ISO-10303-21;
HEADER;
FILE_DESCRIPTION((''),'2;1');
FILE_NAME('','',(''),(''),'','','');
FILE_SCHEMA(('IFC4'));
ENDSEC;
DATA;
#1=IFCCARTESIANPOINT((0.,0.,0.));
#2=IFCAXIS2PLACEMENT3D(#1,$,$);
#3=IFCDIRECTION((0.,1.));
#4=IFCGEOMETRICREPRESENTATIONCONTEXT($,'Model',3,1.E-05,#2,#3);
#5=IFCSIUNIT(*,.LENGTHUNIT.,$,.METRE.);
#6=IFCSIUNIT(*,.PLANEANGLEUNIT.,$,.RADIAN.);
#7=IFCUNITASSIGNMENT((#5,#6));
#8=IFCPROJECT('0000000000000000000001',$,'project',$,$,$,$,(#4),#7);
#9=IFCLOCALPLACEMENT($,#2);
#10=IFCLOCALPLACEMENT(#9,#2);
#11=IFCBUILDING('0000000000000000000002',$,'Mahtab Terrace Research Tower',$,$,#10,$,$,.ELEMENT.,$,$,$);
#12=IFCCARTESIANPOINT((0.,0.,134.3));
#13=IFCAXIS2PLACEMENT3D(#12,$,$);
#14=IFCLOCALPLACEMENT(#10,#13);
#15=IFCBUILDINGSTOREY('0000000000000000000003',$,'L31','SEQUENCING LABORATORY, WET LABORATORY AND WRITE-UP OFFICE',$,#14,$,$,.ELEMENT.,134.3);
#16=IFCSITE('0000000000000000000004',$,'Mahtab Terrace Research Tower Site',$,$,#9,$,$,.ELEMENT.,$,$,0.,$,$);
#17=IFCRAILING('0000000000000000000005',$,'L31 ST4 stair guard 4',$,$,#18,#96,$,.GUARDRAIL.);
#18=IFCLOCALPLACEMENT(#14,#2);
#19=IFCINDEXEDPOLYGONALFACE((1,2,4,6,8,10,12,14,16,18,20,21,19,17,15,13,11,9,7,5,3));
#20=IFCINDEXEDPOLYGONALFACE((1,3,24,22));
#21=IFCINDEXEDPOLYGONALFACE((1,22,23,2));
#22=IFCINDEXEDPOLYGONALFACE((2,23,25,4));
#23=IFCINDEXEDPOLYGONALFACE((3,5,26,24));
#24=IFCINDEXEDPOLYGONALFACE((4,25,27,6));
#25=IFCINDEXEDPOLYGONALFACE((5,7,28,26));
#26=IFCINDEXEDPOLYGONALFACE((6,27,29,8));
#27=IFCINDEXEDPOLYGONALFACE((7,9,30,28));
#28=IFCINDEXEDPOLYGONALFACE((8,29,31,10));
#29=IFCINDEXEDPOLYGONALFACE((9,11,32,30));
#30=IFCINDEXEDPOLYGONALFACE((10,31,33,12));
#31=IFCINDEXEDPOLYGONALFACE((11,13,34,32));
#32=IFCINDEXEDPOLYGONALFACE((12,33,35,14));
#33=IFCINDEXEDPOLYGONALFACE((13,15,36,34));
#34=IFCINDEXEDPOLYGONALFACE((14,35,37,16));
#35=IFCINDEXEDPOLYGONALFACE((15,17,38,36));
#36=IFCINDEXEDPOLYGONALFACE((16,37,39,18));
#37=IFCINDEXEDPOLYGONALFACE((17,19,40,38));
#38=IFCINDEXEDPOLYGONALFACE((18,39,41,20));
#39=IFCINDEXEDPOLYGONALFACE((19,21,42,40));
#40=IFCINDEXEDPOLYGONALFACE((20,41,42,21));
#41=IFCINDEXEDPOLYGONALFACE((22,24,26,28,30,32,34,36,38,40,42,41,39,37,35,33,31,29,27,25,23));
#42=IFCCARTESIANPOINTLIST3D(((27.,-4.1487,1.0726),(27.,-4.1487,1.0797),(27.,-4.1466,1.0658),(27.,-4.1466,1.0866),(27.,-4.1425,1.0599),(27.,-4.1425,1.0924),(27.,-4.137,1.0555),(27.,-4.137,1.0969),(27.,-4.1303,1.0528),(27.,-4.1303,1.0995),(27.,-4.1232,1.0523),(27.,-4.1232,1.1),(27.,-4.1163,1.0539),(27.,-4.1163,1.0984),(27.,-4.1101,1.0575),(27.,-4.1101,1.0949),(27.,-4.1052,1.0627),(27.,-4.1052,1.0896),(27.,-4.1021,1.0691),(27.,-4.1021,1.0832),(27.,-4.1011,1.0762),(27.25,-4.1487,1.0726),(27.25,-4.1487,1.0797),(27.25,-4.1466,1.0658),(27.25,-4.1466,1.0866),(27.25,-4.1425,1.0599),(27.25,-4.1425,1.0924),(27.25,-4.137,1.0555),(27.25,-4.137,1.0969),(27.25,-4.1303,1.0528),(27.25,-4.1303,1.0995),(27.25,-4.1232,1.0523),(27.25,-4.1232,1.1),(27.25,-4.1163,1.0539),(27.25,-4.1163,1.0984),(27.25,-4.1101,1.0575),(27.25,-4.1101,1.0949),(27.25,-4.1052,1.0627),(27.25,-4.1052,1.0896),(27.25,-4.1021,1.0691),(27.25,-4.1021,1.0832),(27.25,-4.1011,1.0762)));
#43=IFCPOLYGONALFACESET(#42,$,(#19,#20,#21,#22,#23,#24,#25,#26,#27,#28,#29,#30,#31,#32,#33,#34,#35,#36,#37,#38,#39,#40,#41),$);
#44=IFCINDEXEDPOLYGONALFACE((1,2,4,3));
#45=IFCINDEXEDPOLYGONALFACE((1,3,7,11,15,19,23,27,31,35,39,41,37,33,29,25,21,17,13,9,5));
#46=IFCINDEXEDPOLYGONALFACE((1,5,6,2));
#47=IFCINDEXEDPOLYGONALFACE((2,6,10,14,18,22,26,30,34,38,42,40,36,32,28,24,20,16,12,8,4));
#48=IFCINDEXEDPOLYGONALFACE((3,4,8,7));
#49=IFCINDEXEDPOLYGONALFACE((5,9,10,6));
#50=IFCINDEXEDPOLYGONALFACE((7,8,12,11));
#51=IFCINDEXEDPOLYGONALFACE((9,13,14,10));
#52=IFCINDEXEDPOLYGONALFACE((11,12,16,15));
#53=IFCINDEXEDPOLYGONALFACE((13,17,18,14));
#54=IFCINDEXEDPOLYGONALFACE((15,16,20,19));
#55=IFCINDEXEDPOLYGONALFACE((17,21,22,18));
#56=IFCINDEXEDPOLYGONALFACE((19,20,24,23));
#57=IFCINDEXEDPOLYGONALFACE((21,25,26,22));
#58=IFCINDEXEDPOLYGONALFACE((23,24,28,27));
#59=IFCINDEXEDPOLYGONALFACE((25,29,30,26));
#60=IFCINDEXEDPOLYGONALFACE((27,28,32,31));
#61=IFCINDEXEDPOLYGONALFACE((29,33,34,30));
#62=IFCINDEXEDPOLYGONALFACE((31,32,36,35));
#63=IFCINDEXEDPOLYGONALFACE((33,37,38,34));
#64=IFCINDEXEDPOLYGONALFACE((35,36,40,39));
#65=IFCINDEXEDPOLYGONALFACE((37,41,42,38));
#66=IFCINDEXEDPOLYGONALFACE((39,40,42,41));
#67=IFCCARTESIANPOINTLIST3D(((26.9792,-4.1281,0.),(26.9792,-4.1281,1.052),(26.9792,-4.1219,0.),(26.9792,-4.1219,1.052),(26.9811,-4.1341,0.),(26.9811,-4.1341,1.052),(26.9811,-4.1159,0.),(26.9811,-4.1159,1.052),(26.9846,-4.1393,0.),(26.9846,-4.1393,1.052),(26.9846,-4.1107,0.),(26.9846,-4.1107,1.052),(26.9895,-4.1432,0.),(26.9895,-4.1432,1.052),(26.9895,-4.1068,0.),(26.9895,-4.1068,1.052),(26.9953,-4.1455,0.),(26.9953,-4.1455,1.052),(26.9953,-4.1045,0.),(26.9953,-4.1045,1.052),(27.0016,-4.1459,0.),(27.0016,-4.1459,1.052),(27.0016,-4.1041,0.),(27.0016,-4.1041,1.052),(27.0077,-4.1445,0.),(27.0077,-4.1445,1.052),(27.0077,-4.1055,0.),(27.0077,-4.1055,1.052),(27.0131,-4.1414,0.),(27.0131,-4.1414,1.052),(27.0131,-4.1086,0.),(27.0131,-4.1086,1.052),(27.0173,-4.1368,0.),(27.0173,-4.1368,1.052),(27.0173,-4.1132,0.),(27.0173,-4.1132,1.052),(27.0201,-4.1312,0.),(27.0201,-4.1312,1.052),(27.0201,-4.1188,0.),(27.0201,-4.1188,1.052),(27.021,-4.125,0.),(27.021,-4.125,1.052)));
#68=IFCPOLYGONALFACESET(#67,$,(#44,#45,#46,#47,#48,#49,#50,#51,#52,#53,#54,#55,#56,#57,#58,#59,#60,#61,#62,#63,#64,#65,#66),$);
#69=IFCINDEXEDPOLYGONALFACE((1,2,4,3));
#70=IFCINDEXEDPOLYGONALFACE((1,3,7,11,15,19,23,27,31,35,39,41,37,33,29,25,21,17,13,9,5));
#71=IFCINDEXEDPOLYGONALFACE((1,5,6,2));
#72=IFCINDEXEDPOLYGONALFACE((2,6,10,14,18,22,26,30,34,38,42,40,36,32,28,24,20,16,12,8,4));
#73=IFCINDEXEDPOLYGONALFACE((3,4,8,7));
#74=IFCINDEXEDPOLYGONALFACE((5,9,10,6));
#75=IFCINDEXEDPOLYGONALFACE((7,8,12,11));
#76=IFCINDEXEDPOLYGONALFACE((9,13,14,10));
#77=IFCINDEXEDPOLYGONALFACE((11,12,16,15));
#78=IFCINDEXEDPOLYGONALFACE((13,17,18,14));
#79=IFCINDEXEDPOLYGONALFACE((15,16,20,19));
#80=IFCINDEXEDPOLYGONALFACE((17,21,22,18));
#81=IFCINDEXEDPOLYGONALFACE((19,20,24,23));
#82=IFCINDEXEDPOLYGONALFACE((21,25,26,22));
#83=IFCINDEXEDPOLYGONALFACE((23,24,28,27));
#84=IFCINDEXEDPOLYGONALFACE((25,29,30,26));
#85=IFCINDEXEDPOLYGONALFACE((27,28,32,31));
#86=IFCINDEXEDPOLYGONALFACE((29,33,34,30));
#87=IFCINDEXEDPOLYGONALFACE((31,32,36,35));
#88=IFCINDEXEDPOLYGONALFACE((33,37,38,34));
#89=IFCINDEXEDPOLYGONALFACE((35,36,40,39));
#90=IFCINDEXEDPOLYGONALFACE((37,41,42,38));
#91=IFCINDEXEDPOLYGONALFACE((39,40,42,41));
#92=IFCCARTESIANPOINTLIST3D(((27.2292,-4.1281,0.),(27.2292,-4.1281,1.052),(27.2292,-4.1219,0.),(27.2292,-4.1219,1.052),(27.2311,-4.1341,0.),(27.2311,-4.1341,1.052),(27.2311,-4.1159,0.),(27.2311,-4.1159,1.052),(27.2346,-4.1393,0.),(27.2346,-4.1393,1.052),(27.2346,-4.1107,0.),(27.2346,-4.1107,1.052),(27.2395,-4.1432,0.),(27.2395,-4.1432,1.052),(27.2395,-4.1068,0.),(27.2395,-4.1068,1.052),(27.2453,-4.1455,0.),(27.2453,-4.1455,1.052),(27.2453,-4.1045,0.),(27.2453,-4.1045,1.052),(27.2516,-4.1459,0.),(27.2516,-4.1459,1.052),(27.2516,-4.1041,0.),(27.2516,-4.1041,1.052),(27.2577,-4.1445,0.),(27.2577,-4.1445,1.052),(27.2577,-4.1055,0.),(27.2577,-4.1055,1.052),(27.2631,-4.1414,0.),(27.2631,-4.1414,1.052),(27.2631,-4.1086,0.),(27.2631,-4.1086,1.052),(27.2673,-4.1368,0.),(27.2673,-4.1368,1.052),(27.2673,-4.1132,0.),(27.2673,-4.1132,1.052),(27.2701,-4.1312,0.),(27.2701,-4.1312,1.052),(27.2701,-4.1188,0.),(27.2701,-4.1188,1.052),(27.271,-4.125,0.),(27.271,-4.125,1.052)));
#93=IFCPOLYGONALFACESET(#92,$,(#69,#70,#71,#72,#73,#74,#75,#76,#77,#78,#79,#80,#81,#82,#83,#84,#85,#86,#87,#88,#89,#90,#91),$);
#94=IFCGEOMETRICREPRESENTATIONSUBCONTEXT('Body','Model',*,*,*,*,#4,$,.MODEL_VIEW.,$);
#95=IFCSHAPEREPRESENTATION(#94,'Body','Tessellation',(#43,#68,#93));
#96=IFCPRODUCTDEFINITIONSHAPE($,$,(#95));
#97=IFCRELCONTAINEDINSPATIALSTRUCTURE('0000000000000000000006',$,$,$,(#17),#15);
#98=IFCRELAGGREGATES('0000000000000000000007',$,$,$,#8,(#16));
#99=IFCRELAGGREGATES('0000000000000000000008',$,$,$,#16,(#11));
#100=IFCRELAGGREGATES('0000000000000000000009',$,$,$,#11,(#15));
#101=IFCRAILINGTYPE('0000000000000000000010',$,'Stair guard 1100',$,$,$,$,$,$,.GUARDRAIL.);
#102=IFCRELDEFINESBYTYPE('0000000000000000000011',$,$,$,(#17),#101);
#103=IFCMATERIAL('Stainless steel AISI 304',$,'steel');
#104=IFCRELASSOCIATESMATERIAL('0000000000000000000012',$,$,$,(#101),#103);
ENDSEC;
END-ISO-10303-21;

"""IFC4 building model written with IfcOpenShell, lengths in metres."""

from ifc_helpers import new_model, si_unit, direction, frame, origin, origin_2d, place, context, subcontext, project, spatial, circle, extrude, material, type_object, element, save


model = new_model("IFC4")

# Units and contexts
model_context = context("Model", 3, precision=1e-05, world=origin(), true_north=direction((0.0, 1.0)))
body_context = subcontext(model_context, "Body", "Model", "MODEL_VIEW")
ifc_project = project(units=[si_unit("LENGTHUNIT", "METRE"), si_unit("PLANEANGLEUNIT", "RADIAN")], contexts=[model_context])

# Site, building, storey
site_placement = place(None, origin())
site = spatial("IfcSite", under=ifc_project, at=site_placement, Name="Mahtab Terrace Research Tower Site", CompositionType="ELEMENT", RefElevation=0.0)
building_placement = place(site_placement, origin())
building = spatial("IfcBuilding", under=site, at=building_placement, Name="Mahtab Terrace Research Tower", CompositionType="ELEMENT")
storey_placement = place(building_placement, frame((0.0, 0.0, 134.3)))
storey = spatial("IfcBuildingStorey", under=building, at=storey_placement, Name="L31", Description="SEQUENCING LABORATORY, WET LABORATORY AND WRITE-UP OFFICE", CompositionType="ELEMENT", Elevation=134.3)

# Railing
ifc_material_1 = material(Name="Stainless steel AISI 304", Category="steel")
railing_type_1 = type_object("IfcRailingType", Name="Stair guard 1100", PredefinedType="GUARDRAIL", material=ifc_material_1)
railing_1_placement = place(storey_placement, frame((27.0, -4.125, 0.0)))
element("IfcRailing", 1, at=railing_1_placement, inside=storey, type_object=railing_type_1, Name="L31 ST4 stair guard 4", PredefinedType="GUARDRAIL", context=body_context, shape_type="SweptSolid", body=[
    extrude(circle(Radius=0.0239, at=origin_2d()), frame((0.0, 0.0, 1.0762), z_axis=(1.0, 0.0, 0.0), x_axis=(0.0, 1.0, 0.0)), (0.0, 0.0, 1.0), 0.25),
    extrude(circle(Radius=0.021, at=origin_2d()), origin(), (0.0, 0.0, 1.0), 1.052),
    extrude(circle(Radius=0.021, at=origin_2d()), frame((0.25, 0.0, 0.0)), (0.0, 0.0, 1.0), 1.052),
])

save(model, "model.ifc")
